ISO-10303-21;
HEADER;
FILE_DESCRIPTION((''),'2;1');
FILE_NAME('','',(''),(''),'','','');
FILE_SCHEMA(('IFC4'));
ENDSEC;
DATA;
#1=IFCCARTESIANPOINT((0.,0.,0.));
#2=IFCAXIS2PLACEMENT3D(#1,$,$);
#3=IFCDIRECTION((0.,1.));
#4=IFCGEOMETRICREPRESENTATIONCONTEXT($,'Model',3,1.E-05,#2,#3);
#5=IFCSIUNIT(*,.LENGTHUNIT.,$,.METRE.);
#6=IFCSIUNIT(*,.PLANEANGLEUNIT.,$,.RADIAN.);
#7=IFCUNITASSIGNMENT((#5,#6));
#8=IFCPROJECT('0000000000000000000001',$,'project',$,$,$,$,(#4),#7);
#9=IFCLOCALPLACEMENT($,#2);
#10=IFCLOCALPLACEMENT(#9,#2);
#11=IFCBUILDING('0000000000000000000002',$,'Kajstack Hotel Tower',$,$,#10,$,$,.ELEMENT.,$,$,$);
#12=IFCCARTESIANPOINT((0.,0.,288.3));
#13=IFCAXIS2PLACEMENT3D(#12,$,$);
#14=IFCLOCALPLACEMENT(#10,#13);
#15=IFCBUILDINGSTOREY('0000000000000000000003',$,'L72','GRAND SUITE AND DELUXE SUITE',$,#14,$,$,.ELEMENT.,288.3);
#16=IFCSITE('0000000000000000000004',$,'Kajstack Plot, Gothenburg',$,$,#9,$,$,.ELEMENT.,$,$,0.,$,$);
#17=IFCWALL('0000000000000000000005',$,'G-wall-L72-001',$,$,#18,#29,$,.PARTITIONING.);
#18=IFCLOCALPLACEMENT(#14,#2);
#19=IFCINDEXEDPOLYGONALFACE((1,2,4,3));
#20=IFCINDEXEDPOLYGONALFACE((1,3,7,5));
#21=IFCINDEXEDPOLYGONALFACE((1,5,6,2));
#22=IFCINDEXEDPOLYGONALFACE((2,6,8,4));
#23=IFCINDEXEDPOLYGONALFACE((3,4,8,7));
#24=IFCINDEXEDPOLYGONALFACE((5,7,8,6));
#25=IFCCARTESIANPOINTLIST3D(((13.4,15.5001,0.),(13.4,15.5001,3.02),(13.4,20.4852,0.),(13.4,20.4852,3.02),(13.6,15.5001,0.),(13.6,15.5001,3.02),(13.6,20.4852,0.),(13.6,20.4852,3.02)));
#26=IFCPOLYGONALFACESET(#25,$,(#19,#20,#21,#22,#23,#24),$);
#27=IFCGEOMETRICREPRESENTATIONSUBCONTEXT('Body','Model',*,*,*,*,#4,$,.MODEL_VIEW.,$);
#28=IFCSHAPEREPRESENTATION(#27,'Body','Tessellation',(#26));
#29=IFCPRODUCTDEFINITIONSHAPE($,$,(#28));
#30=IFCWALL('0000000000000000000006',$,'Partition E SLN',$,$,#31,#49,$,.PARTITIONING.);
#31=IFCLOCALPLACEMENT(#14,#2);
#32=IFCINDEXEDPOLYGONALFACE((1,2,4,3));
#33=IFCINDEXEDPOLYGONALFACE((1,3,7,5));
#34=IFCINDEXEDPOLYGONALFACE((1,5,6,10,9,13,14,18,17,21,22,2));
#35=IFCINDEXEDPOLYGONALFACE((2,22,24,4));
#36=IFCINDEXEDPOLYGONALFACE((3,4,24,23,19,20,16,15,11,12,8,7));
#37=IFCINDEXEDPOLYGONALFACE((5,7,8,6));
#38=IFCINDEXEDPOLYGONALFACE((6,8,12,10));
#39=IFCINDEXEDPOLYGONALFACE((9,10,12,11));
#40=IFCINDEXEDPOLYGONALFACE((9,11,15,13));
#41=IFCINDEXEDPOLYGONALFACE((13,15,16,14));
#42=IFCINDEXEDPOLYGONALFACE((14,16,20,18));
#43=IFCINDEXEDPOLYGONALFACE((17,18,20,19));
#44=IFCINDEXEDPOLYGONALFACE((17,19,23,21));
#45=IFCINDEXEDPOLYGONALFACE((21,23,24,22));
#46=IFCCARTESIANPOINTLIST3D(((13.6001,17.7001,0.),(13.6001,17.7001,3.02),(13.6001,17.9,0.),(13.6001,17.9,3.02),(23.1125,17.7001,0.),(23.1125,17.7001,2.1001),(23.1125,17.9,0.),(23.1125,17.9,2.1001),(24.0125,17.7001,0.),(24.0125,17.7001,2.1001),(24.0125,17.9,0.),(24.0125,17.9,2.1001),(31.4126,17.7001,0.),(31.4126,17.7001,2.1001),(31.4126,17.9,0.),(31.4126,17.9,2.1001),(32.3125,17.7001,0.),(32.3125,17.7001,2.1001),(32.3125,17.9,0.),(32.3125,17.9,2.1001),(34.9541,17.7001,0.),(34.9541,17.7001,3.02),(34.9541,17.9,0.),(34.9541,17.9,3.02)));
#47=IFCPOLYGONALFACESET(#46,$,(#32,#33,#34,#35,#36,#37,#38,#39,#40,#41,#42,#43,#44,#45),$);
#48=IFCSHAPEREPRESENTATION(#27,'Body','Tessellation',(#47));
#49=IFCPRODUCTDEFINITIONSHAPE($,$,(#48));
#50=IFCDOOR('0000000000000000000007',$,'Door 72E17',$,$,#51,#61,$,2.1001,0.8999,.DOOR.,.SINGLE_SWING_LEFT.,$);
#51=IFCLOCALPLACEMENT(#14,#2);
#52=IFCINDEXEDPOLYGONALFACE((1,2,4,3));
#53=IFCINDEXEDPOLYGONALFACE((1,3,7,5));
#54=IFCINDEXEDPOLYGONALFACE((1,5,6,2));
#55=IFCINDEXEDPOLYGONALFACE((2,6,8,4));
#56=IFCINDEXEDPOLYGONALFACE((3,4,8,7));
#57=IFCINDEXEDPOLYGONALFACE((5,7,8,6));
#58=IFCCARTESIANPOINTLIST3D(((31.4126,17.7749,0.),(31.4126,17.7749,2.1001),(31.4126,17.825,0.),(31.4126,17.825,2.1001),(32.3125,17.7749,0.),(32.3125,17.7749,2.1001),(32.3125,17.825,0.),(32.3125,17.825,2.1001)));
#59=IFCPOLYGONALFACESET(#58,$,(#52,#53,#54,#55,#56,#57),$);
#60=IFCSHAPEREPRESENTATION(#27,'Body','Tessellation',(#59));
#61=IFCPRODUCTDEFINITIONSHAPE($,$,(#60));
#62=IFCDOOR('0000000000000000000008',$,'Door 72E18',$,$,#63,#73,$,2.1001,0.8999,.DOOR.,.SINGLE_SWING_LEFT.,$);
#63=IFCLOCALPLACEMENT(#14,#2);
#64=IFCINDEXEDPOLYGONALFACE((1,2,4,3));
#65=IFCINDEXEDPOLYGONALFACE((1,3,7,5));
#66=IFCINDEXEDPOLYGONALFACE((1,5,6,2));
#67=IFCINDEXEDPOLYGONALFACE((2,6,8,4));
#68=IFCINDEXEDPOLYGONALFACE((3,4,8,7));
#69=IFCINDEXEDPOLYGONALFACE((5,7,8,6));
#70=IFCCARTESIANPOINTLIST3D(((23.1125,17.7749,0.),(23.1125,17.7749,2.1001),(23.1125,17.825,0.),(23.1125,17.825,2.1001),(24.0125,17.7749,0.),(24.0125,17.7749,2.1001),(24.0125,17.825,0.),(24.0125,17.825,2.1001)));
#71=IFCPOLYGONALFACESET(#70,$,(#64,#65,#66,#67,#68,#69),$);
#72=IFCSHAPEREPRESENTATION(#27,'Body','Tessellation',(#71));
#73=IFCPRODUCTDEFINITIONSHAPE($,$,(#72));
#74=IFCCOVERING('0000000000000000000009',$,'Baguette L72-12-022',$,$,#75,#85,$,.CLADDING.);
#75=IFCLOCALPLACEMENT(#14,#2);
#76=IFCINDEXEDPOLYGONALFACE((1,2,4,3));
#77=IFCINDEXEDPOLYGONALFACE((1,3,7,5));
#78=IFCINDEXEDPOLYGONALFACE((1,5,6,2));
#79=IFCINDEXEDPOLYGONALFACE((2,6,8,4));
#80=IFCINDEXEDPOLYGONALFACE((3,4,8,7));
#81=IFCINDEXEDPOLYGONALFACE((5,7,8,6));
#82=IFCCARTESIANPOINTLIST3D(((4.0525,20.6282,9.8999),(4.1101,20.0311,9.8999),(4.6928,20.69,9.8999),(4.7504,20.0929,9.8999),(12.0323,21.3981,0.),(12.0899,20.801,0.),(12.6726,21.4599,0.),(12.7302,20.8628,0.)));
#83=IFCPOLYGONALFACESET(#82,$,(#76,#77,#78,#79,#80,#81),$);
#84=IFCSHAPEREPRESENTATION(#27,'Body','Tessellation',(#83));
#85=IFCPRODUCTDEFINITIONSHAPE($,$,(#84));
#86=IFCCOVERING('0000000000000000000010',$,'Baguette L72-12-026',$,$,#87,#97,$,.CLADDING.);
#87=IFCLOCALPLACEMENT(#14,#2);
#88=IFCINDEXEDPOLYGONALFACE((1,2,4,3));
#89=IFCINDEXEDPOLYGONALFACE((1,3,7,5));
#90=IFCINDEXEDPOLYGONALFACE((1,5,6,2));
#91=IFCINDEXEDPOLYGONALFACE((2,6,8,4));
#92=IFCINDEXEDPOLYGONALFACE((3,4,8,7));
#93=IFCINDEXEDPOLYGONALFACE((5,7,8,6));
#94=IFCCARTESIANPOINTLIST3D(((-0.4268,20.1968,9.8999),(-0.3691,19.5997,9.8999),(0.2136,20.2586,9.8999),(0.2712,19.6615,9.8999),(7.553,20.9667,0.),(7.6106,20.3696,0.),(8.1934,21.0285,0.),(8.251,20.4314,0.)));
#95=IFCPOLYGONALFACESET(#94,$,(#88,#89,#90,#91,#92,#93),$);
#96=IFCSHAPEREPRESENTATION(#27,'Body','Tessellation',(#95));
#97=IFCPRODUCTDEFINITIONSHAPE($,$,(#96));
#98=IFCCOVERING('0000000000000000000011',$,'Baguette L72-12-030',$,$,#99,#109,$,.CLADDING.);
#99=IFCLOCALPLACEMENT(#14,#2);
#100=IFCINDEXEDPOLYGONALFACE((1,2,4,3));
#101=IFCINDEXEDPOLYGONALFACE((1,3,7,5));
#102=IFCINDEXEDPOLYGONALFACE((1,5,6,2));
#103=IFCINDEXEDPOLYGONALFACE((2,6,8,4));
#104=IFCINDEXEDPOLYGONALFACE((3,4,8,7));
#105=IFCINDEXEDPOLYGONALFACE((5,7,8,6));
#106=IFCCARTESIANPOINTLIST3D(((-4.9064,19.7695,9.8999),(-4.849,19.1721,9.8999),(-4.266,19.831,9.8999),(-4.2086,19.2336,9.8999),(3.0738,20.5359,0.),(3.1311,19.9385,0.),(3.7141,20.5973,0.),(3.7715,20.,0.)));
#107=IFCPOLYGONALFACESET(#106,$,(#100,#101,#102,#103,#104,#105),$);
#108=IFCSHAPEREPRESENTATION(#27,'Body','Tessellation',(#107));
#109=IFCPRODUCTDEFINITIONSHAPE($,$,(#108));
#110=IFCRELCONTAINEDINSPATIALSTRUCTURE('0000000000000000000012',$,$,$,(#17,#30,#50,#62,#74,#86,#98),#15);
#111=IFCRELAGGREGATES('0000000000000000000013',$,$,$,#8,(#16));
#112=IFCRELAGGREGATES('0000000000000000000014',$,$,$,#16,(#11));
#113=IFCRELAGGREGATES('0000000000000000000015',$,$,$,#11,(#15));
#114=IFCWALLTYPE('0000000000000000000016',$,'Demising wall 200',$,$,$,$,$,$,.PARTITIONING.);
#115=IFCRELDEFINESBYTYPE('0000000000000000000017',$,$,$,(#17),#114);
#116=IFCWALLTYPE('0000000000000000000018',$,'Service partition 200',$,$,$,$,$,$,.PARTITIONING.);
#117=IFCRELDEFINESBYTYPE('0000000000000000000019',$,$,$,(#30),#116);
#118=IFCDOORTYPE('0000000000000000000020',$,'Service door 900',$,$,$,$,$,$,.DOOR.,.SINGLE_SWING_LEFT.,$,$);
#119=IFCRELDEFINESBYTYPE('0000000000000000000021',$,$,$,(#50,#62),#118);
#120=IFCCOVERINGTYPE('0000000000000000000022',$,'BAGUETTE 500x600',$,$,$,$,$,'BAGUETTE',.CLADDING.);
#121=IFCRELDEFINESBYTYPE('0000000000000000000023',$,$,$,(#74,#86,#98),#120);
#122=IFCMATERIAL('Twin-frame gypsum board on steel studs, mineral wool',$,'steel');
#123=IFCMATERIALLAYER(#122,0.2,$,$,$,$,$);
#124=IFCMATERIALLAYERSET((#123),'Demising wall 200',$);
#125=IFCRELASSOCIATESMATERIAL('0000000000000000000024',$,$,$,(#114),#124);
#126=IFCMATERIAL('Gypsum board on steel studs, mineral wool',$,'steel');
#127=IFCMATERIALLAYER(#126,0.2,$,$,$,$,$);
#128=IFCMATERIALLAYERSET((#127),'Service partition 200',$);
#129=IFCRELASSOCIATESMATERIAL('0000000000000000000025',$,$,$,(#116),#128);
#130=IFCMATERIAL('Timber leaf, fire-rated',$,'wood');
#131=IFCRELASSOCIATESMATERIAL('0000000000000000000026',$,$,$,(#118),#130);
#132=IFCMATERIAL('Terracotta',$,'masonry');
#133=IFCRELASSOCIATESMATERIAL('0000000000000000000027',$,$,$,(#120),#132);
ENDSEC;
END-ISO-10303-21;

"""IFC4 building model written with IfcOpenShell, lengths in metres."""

from ifc_helpers import new_model, si_unit, direction, frame, frame_2d, origin, origin_2d, place, context, subcontext, project, spatial, polyline, rectangle, outline, extrude, material, layer, layer_set, material_profile, profile_set, type_object, element, fill, save


model = new_model("IFC4")

# Units and contexts
model_context = context("Model", 3, precision=1e-05, world=origin(), true_north=direction((0.0, 1.0)))
body_context = subcontext(model_context, "Body", "Model", "MODEL_VIEW")
ifc_project = project(units=[si_unit("LENGTHUNIT", "METRE"), si_unit("PLANEANGLEUNIT", "RADIAN")], contexts=[model_context])

# Site, building, storey
site_placement = place(None, origin())
site = spatial("IfcSite", under=ifc_project, at=site_placement, Name="Kajstack Plot, Gothenburg", CompositionType="ELEMENT", RefElevation=0.0)
building_placement = place(site_placement, origin())
building = spatial("IfcBuilding", under=site, at=building_placement, Name="Kajstack Hotel Tower", CompositionType="ELEMENT")
storey_placement = place(building_placement, frame((0.0, 0.0, 288.3)))
storey = spatial("IfcBuildingStorey", under=building, at=storey_placement, Name="L72", Description="GRAND SUITE AND DELUXE SUITE", CompositionType="ELEMENT", Elevation=288.3)

# Wall
ifc_material_1 = material(Name="Twin-frame gypsum board on steel studs, mineral wool", Category="steel")
ifc_layer_1 = layer(ifc_material_1, 0.2)
ifc_layer_set_1 = layer_set([ifc_layer_1], Name="Demising wall 200")
wall_type_1 = type_object("IfcWallType", Name="Demising wall 200", PredefinedType="PARTITIONING", material=ifc_layer_set_1)
wall_1_placement = place(storey_placement, frame((13.5, 15.5, 0.0), z_axis=(0.0, 0.0, 1.0), x_axis=(0.0, 1.0, 0.0)))
element("IfcWall", 1, at=wall_1_placement, inside=storey, type_object=wall_type_1, Name="G-wall-L72-001", PredefinedType="PARTITIONING", context=body_context, shape_type="SweptSolid", body=[
    extrude(rectangle(XDim=4.9851, YDim=0.2, at=frame_2d((2.4927, 0.0))), origin(), (0.0, 0.0, 1.0), 3.02),
])

# Wall, openings, doors
ifc_material_2 = material(Name="Gypsum board on steel studs, mineral wool", Category="steel")
ifc_layer_2 = layer(ifc_material_2, 0.2)
ifc_layer_set_2 = layer_set([ifc_layer_2], Name="Service partition 200")
wall_type_2 = type_object("IfcWallType", Name="Service partition 200", PredefinedType="PARTITIONING", material=ifc_layer_set_2)
wall_2_placement = place(storey_placement, frame((13.6001, 17.8, 0.0), z_axis=(0.0, 0.0, 1.0), x_axis=(1.0, 0.0, 0.0)))
wall_2 = element("IfcWall", 2, at=wall_2_placement, inside=storey, type_object=wall_type_2, Name="Partition E SLN", PredefinedType="PARTITIONING", context=body_context, shape_type="SweptSolid", body=[
    extrude(rectangle(XDim=21.354, YDim=0.2, at=frame_2d((10.677, 0.0))), origin(), (0.0, 0.0, 1.0), 3.02),
])
opening_1_placement = place(wall_2_placement, frame((17.8125, 0.0, 0.0)))
opening_1 = element("IfcOpeningElement", 3, at=opening_1_placement, cuts=wall_2, PredefinedType="OPENING", context=body_context, shape_type="SweptSolid", body=[
    extrude(rectangle(XDim=0.8999, YDim=2.1001, at=frame_2d((0.45, 1.05))), frame((0.0, 0.1099, 0.0), z_axis=(0.0, -1.0, 0.0), x_axis=(1.0, 0.0, 0.0)), (0.0, 0.0, 1.0), 0.22),
])
opening_2_placement = place(wall_2_placement, frame((9.5125, 0.0, 0.0)))
opening_2 = element("IfcOpeningElement", 4, at=opening_2_placement, cuts=wall_2, PredefinedType="OPENING", context=body_context, shape_type="SweptSolid", body=[
    extrude(rectangle(XDim=0.8999, YDim=2.1001, at=frame_2d((0.45, 1.05))), frame((0.0, 0.1099, 0.0), z_axis=(0.0, -1.0, 0.0), x_axis=(1.0, 0.0, 0.0)), (0.0, 0.0, 1.0), 0.22),
])
ifc_material_3 = material(Name="Timber leaf, fire-rated", Category="wood")
door_type = type_object("IfcDoorType", Name="Service door 900", OperationType="SINGLE_SWING_LEFT", PredefinedType="DOOR", material=ifc_material_3)
door_1_placement = place(opening_1_placement, origin())
door_1 = element("IfcDoor", 5, at=door_1_placement, inside=storey, type_object=door_type, Name="Door 72E17", OperationType="SINGLE_SWING_LEFT", OverallHeight=2.1001, OverallWidth=0.8999, PredefinedType="DOOR", context=body_context, shape_type="SweptSolid", body=[
    extrude(rectangle(XDim=0.8999, YDim=2.1001, at=frame_2d((0.45, 1.05))), frame((0.0, 0.0249, 0.0), z_axis=(0.0, -1.0, 0.0), x_axis=(1.0, 0.0, 0.0)), (0.0, 0.0, 1.0), 0.05),
])
fill(opening_1, door_1)
door_2_placement = place(opening_2_placement, origin())
door_2 = element("IfcDoor", 6, at=door_2_placement, inside=storey, type_object=door_type, Name="Door 72E18", OperationType="SINGLE_SWING_LEFT", OverallHeight=2.1001, OverallWidth=0.8999, PredefinedType="DOOR", context=body_context, shape_type="SweptSolid", body=[
    extrude(rectangle(XDim=0.8999, YDim=2.1001, at=frame_2d((0.45, 1.05))), frame((0.0, 0.0249, 0.0), z_axis=(0.0, -1.0, 0.0), x_axis=(1.0, 0.0, 0.0)), (0.0, 0.0, 1.0), 0.05),
])
fill(opening_2, door_2)

# Coverings
ifc_material_4 = material(Name="Terracotta", Category="masonry")
ifc_material_profile = material_profile(ifc_material_4, rectangle(XDim=0.6001, YDim=0.5, at=origin_2d()), Name="Terracotta-clad concrete baguette 500 x 600")
ifc_profile_set = profile_set([ifc_material_profile], Name="Terracotta")
covering_type = type_object("IfcCoveringType", Name="BAGUETTE 500x600", ElementType="BAGUETTE", PredefinedType="CLADDING", material=ifc_profile_set)
for number, where, z_axis, x_axis, name in (
    (7, (12.7302, 20.8628, 0.0), (-0.096038, 0.995378, 0.0), (-0.995378, -0.096038, 0.0), "Baguette L72-12-022"),
    (8, (8.251, 20.4314, 0.0), (-0.096038, 0.995378, 0.0), (-0.995378, -0.096038, 0.0), "Baguette L72-12-026"),
):
    element("IfcCovering", number, at=place(storey_placement, frame(where, z_axis=z_axis, x_axis=x_axis)), inside=storey, type_object=covering_type, Name=name, PredefinedType="CLADDING", context=body_context, shape_type="SweptSolid", body=[
        extrude(outline(polyline([(8.0168, 9.8999), (0.0, 0.0), (0.6433, 0.0), (8.6602, 9.8999), (8.0168, 9.8999)])), origin(), (0.0, 0.0, 1.0), 0.5999),
    ])
covering_placement = place(storey_placement, frame((3.7715, 20.0, 0.0), z_axis=(-0.095596, 0.99542, 0.0), x_axis=(-0.99542, -0.095596, 0.0)))
element("IfcCovering", 9, at=covering_placement, inside=storey, type_object=covering_type, Name="Baguette L72-12-030", PredefinedType="CLADDING", context=body_context, shape_type="SweptSolid", body=[
    extrude(outline(polyline([(8.0168, 9.8999), (0.0, 0.0), (0.6433, 0.0), (8.6602, 9.8999), (8.0168, 9.8999)])), origin(), (0.0, 0.0, 1.0), 0.6001),
])

save(model, "model.ifc")
